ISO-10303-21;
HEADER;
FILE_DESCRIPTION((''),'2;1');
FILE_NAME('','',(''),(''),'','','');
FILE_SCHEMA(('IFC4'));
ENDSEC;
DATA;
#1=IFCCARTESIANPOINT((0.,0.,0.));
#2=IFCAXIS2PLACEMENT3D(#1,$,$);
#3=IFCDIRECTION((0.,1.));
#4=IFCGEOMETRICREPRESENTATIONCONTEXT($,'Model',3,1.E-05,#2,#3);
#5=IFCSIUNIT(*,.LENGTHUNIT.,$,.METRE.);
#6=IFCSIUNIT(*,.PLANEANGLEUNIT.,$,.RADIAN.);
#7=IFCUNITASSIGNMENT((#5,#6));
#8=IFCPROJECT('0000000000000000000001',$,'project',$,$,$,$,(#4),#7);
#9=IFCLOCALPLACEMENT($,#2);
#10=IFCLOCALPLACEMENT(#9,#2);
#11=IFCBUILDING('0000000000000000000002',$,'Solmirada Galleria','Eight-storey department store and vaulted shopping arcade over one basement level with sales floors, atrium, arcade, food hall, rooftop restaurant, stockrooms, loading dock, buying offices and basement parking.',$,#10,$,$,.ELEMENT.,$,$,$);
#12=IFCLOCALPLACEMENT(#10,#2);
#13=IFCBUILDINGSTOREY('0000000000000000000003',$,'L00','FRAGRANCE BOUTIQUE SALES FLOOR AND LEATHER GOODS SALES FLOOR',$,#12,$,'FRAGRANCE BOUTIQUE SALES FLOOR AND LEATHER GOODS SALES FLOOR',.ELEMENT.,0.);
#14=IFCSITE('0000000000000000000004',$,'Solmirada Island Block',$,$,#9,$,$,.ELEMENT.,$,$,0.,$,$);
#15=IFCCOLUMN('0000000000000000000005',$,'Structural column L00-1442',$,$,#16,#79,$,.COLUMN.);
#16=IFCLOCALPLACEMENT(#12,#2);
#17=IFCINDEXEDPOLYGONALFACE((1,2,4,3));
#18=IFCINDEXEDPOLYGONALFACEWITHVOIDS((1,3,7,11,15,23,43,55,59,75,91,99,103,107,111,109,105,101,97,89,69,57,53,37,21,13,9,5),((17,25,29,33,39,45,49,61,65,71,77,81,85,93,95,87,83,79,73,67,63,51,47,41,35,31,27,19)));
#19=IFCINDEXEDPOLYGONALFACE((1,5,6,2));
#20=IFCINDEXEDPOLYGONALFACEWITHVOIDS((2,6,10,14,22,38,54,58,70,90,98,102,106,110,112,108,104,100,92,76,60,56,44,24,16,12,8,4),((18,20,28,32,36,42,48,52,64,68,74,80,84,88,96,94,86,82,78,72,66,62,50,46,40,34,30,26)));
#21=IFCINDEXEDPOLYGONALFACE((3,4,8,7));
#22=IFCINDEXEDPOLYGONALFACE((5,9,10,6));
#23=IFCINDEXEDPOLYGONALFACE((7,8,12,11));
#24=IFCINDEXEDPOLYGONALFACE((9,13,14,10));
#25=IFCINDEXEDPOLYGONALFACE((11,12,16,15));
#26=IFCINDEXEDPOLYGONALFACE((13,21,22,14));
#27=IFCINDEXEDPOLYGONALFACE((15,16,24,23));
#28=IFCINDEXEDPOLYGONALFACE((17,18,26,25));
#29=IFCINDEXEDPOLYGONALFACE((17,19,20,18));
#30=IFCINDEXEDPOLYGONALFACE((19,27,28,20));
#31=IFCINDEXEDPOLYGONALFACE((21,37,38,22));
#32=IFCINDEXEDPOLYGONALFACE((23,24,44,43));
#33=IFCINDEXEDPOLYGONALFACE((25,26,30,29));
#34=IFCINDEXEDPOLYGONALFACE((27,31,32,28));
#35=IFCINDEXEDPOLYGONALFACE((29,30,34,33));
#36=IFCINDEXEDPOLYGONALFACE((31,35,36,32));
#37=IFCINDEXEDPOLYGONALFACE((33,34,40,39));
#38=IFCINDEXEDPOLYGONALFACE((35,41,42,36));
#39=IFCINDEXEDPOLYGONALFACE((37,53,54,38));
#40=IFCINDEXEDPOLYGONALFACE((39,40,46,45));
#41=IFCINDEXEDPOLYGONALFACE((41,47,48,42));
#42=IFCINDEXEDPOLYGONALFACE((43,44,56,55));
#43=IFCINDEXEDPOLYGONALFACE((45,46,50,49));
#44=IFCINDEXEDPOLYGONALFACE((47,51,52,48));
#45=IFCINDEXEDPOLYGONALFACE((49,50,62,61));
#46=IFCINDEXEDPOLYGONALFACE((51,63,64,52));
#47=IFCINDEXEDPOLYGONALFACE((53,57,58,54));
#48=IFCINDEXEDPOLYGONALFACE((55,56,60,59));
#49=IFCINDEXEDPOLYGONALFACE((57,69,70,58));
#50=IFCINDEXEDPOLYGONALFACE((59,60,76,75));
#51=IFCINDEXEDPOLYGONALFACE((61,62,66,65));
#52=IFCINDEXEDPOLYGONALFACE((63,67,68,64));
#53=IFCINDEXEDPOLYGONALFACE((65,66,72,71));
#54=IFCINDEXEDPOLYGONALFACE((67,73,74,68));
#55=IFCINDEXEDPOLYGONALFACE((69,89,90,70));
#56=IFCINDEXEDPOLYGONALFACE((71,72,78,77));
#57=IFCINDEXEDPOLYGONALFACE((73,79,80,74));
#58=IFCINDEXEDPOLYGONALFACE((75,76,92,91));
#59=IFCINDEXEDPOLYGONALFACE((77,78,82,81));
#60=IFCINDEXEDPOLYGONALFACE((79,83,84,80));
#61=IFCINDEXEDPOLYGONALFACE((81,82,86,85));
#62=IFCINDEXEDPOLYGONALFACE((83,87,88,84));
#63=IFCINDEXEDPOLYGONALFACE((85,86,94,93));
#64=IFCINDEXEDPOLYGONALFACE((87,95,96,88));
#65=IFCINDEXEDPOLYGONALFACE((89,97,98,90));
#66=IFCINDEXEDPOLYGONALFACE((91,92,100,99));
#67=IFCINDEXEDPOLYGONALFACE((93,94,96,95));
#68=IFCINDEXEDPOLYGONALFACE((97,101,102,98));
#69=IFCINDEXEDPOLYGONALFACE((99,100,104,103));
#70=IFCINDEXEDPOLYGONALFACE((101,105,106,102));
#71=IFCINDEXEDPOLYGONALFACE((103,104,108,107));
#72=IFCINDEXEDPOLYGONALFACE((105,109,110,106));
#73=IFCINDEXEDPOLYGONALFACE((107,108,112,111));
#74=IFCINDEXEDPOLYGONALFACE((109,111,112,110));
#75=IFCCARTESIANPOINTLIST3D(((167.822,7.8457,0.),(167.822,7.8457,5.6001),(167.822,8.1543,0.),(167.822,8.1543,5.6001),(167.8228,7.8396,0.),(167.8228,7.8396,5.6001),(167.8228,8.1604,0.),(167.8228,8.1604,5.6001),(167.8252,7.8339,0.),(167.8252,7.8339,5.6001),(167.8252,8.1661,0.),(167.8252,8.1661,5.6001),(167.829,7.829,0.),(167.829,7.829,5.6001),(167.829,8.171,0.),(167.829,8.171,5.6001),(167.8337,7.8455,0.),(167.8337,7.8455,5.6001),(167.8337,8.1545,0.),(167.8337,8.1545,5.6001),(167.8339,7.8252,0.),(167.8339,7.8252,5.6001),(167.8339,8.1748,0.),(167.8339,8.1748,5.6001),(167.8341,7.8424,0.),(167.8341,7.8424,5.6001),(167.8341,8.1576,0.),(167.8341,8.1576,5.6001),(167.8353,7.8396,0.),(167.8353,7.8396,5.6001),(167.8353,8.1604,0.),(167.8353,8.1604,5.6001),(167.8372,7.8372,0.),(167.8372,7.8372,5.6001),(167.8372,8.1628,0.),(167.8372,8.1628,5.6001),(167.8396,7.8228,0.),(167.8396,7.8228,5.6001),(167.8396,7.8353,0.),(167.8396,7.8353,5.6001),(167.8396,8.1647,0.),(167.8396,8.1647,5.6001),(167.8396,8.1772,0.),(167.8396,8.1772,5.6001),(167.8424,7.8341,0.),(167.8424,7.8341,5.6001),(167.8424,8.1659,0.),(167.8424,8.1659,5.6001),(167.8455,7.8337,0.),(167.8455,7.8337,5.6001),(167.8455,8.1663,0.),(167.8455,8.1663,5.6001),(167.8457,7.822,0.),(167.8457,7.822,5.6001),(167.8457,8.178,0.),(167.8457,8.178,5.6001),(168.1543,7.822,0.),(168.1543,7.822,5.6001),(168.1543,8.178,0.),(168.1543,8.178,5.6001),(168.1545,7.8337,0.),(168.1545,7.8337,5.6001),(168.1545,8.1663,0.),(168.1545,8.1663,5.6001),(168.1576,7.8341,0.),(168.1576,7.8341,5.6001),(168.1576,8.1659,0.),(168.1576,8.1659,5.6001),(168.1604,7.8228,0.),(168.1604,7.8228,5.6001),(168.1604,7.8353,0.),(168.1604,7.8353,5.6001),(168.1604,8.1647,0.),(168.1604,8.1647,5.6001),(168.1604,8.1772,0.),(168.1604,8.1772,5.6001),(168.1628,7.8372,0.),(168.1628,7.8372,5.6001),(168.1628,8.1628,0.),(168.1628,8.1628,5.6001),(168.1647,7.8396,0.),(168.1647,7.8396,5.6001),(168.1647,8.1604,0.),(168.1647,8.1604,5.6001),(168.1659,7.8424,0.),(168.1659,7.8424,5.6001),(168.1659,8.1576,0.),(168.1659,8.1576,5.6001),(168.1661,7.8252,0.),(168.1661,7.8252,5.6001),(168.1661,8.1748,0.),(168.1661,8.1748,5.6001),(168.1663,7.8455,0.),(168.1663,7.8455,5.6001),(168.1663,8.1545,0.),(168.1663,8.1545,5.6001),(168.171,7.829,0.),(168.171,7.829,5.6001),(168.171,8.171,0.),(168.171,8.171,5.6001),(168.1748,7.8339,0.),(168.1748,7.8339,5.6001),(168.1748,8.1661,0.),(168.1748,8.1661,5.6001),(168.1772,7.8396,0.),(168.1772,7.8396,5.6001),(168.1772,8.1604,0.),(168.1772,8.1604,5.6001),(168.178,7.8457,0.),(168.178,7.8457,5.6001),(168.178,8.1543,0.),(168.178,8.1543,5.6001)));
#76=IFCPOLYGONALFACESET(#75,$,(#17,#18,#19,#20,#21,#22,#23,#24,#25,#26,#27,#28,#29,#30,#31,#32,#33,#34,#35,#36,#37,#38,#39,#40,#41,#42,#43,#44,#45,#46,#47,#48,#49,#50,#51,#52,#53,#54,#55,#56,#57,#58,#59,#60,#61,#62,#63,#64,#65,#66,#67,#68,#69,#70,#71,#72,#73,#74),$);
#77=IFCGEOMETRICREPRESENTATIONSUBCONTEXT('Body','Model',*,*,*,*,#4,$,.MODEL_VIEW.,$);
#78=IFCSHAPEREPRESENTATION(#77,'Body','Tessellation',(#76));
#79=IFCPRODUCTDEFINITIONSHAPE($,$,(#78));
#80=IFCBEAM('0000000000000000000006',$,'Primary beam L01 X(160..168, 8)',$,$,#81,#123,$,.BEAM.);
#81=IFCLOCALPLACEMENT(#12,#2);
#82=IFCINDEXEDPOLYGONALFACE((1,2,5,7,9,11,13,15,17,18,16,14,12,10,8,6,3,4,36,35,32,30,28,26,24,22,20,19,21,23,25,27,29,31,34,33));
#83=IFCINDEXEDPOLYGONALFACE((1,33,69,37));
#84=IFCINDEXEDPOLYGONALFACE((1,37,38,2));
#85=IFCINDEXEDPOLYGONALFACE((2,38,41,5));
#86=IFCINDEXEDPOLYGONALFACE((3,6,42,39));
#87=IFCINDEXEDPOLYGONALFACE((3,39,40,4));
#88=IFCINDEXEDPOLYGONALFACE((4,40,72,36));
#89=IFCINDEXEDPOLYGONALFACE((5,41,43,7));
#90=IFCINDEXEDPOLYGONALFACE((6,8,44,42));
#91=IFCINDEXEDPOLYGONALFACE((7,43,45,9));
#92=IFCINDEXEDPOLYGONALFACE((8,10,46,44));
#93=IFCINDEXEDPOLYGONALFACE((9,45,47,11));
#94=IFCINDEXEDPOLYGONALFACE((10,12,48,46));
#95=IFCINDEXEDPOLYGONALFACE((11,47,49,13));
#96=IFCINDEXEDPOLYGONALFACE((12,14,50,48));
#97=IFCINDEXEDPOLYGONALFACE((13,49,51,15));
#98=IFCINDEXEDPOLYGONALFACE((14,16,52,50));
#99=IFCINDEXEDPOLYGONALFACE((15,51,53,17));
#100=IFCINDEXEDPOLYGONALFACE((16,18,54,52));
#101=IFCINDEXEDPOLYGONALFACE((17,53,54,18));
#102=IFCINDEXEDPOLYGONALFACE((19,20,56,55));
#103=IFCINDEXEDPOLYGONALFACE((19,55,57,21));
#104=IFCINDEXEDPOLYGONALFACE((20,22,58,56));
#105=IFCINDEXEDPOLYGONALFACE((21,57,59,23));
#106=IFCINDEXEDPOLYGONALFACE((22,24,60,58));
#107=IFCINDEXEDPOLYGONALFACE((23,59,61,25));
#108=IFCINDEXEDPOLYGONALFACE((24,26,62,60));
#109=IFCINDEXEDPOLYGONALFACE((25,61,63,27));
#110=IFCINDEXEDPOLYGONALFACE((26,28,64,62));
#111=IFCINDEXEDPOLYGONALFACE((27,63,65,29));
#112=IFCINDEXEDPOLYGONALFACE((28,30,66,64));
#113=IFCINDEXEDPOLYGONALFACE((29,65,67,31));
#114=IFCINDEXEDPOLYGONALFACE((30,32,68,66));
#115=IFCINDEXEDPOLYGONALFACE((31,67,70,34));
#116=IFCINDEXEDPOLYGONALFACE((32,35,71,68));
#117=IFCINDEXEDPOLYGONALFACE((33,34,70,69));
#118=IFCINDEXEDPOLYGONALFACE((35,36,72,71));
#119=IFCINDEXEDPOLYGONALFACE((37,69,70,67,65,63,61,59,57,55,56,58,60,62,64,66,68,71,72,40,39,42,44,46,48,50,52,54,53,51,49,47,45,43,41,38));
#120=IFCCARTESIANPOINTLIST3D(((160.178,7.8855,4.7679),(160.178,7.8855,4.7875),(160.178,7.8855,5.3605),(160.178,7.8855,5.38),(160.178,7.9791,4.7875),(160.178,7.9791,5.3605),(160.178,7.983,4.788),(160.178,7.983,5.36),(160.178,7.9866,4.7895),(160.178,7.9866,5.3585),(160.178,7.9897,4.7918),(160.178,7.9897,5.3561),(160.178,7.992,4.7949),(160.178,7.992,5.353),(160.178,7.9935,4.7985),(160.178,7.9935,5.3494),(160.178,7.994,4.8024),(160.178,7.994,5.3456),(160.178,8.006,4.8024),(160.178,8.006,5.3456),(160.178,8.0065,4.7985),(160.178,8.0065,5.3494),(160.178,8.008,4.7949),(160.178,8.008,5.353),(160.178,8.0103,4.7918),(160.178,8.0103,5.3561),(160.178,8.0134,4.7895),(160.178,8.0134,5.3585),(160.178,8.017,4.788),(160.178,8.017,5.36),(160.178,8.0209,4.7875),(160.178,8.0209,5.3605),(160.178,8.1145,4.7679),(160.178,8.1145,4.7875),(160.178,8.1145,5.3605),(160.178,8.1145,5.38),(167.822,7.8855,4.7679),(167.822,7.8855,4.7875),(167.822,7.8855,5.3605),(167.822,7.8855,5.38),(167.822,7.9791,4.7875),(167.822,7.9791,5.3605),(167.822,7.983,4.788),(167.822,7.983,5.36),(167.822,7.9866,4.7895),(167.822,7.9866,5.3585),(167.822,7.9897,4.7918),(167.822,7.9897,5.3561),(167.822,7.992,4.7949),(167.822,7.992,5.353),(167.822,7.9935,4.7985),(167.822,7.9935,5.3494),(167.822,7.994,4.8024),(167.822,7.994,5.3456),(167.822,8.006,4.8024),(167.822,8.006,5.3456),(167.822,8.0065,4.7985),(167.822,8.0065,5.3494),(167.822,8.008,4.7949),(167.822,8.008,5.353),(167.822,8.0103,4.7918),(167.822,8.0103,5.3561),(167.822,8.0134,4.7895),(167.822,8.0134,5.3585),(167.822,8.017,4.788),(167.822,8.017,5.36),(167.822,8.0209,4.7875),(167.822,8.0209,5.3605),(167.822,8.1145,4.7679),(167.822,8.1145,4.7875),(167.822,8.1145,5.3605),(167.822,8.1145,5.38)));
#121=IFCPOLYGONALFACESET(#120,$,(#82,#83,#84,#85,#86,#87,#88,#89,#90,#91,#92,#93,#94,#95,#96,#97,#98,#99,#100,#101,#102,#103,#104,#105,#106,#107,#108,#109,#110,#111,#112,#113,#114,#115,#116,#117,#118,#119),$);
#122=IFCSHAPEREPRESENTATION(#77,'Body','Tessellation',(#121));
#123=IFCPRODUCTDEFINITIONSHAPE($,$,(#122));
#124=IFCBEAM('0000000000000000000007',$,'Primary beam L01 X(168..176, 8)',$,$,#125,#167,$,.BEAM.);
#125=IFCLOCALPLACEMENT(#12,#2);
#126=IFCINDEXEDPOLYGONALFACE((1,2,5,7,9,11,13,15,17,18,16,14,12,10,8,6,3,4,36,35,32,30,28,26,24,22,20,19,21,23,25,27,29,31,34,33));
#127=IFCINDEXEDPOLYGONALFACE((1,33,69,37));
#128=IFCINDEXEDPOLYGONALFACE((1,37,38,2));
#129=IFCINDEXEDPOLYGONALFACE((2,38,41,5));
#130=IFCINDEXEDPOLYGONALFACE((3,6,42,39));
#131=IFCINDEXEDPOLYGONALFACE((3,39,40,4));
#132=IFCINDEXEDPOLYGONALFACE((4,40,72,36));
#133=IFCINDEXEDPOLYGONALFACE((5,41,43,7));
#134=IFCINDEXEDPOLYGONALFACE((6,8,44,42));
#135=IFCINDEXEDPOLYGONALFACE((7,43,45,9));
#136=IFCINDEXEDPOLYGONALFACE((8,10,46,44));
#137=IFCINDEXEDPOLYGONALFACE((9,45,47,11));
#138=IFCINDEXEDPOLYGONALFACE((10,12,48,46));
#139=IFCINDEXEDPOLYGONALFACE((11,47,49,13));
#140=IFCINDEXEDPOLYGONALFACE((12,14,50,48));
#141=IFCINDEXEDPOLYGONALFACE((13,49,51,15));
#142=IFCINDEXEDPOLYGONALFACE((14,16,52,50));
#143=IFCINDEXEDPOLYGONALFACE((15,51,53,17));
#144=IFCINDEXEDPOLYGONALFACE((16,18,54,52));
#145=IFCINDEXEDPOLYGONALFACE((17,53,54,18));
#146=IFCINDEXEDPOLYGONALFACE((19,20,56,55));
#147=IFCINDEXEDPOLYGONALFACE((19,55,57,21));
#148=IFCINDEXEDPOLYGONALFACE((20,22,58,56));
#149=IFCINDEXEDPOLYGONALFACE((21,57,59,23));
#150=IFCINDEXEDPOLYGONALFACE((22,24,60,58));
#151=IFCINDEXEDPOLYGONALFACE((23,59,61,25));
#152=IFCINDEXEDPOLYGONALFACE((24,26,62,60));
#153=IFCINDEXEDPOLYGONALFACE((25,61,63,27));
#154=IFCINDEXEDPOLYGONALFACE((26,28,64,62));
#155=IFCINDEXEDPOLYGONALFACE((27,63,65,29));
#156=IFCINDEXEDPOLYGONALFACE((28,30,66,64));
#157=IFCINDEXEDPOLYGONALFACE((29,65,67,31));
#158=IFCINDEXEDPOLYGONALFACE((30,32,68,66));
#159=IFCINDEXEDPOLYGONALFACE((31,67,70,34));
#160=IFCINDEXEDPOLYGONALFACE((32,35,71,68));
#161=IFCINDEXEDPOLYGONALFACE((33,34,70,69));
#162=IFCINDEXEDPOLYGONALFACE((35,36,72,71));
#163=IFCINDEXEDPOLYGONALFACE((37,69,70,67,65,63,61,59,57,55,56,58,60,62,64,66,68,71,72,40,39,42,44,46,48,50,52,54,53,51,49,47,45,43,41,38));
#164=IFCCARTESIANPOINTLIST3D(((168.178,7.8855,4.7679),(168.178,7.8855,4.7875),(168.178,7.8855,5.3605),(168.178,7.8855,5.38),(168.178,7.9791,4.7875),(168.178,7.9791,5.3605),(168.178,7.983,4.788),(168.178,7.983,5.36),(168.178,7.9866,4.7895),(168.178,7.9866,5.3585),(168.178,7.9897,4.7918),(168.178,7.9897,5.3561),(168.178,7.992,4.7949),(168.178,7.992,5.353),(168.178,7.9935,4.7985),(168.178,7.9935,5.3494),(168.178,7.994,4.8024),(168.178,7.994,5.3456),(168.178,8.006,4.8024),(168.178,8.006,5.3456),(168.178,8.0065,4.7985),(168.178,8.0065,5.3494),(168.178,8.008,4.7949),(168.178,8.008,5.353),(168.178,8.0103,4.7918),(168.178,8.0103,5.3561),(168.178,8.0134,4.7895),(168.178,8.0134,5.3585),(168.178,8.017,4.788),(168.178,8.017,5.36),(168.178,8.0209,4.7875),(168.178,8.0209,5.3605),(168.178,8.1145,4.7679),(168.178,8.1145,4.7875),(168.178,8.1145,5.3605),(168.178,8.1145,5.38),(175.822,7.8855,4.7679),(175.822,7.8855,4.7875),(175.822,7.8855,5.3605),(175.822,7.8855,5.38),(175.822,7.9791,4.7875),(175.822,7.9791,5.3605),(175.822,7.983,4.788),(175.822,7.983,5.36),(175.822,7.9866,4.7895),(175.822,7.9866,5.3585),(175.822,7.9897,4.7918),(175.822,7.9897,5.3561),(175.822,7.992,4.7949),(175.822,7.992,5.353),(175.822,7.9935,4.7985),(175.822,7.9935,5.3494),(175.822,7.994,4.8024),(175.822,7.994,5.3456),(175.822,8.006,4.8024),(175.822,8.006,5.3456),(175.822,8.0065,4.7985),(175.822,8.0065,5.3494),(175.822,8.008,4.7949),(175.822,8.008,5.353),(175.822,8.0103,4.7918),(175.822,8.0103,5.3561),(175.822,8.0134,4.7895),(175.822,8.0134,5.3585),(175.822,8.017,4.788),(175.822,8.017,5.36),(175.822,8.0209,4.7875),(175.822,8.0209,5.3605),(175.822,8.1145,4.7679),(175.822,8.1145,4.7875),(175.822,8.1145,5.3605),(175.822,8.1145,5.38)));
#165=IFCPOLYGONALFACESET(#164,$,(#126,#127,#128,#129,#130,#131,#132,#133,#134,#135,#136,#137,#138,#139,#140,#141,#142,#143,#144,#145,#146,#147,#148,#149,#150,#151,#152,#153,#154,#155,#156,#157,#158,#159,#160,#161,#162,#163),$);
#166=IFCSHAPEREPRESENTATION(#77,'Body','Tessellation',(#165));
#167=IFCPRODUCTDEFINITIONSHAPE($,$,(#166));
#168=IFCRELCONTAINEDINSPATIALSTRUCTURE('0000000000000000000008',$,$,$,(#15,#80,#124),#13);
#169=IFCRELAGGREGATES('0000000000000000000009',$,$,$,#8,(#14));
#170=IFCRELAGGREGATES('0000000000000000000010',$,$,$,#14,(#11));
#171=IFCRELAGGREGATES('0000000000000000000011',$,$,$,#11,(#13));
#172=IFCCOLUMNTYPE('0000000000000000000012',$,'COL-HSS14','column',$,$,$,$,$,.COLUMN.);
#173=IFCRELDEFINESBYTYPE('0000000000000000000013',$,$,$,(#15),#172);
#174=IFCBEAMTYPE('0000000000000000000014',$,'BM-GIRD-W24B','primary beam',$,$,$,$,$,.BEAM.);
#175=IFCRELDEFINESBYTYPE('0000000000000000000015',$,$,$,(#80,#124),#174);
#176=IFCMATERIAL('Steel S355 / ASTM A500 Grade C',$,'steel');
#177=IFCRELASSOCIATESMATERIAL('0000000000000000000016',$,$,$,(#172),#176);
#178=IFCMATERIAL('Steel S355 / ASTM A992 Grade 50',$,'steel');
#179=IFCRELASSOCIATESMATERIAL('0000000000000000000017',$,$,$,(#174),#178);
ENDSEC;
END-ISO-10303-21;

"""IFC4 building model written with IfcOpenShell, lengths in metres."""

from ifc_helpers import new_model, si_unit, direction, frame, origin, origin_2d, place, context, subcontext, project, spatial, hollow_rectangle, i_section, extrude, material, material_profile, profile_set, type_object, element, save


model = new_model("IFC4")

# Units and contexts
model_context = context("Model", 3, precision=1e-05, world=origin(), true_north=direction((0.0, 1.0)))
body_context = subcontext(model_context, "Body", "Model", "MODEL_VIEW")
ifc_project = project(units=[si_unit("LENGTHUNIT", "METRE"), si_unit("PLANEANGLEUNIT", "RADIAN")], contexts=[model_context])

# Site, building, storey
site_placement = place(None, origin())
site = spatial("IfcSite", under=ifc_project, at=site_placement, Name="Solmirada Island Block", CompositionType="ELEMENT", RefElevation=0.0)
building_placement = place(site_placement, origin())
building = spatial("IfcBuilding", under=site, at=building_placement, Name="Solmirada Galleria", Description="Eight-storey department store and vaulted shopping arcade over one basement level with sales floors, atrium, arcade, food hall, rooftop restaurant, stockrooms, loading dock, buying offices and basement parking.", CompositionType="ELEMENT")
storey_placement = place(building_placement, origin())
storey = spatial("IfcBuildingStorey", under=building, at=storey_placement, Name="L00", Description="FRAGRANCE BOUTIQUE SALES FLOOR AND LEATHER GOODS SALES FLOOR", LongName="FRAGRANCE BOUTIQUE SALES FLOOR AND LEATHER GOODS SALES FLOOR", CompositionType="ELEMENT", Elevation=0.0)

# Column
ifc_material_1 = material(Name="Steel S355 / ASTM A500 Grade C", Category="steel")
ifc_material_profile_1 = material_profile(ifc_material_1, hollow_rectangle(XDim=0.356, YDim=0.356, WallThickness=0.0117, InnerFilletRadius=0.0117, OuterFilletRadius=0.0237, at=origin_2d()), Name="HSS14X14X1/2")
ifc_profile_set_1 = profile_set([ifc_material_profile_1], Name="Steel S355 / ASTM A500 Grade C")
column_type = type_object("IfcColumnType", Name="COL-HSS14", Description="column", PredefinedType="COLUMN", material=ifc_profile_set_1)
for number, where, z_axis, x_axis, name in (
    (1, (168.0, 8.0, 0.0), (0.0, 0.0, 1.0), (1.0, 0.0, 0.0), "Structural column L00-1442"),
):
    element("IfcColumn", number, at=place(storey_placement, frame(where, z_axis=z_axis, x_axis=x_axis)), inside=storey, type_object=column_type, Name=name, PredefinedType="COLUMN", context=body_context, shape_type="SweptSolid", body=[
        extrude(hollow_rectangle(XDim=0.356, YDim=0.356, WallThickness=0.0117, InnerFilletRadius=0.0117, OuterFilletRadius=0.0237, at=origin_2d()), origin(), (0.0, 0.0, 1.0), 5.6001),
    ])

# Beams
ifc_material_2 = material(Name="Steel S355 / ASTM A992 Grade 50", Category="steel")
ifc_material_profile_2 = material_profile(ifc_material_2, i_section(OverallWidth=0.229, OverallDepth=0.6121, WebThickness=0.012, FlangeThickness=0.0195, FilletRadius=0.0149, at=origin_2d()), Name="W24X84")
ifc_profile_set_2 = profile_set([ifc_material_profile_2], Name="Steel S355 / ASTM A992 Grade 50")
beam_type_1 = type_object("IfcBeamType", Name="BM-GIRD-W24B", Description="primary beam", PredefinedType="BEAM", material=ifc_profile_set_2)
for number, where, z_axis, x_axis, name in (
    (2, (160.178, 8.0, 5.074), (1.0, 0.0, 0.0), (0.0, 1.0, 0.0), "Primary beam L01 X(160..168, 8)"),
    (3, (168.178, 8.0, 5.074), (1.0, 0.0, 0.0), (0.0, 1.0, 0.0), "Primary beam L01 X(168..176, 8)"),
):
    element("IfcBeam", number, at=place(storey_placement, frame(where, z_axis=z_axis, x_axis=x_axis)), inside=storey, type_object=beam_type_1, Name=name, PredefinedType="BEAM", context=body_context, shape_type="SweptSolid", body=[
        extrude(i_section(OverallWidth=0.229, OverallDepth=0.6121, WebThickness=0.012, FlangeThickness=0.0195, FilletRadius=0.0149, at=origin_2d()), origin(), (0.0, 0.0, 1.0), 7.644),
    ])

save(model, "model.ifc")
